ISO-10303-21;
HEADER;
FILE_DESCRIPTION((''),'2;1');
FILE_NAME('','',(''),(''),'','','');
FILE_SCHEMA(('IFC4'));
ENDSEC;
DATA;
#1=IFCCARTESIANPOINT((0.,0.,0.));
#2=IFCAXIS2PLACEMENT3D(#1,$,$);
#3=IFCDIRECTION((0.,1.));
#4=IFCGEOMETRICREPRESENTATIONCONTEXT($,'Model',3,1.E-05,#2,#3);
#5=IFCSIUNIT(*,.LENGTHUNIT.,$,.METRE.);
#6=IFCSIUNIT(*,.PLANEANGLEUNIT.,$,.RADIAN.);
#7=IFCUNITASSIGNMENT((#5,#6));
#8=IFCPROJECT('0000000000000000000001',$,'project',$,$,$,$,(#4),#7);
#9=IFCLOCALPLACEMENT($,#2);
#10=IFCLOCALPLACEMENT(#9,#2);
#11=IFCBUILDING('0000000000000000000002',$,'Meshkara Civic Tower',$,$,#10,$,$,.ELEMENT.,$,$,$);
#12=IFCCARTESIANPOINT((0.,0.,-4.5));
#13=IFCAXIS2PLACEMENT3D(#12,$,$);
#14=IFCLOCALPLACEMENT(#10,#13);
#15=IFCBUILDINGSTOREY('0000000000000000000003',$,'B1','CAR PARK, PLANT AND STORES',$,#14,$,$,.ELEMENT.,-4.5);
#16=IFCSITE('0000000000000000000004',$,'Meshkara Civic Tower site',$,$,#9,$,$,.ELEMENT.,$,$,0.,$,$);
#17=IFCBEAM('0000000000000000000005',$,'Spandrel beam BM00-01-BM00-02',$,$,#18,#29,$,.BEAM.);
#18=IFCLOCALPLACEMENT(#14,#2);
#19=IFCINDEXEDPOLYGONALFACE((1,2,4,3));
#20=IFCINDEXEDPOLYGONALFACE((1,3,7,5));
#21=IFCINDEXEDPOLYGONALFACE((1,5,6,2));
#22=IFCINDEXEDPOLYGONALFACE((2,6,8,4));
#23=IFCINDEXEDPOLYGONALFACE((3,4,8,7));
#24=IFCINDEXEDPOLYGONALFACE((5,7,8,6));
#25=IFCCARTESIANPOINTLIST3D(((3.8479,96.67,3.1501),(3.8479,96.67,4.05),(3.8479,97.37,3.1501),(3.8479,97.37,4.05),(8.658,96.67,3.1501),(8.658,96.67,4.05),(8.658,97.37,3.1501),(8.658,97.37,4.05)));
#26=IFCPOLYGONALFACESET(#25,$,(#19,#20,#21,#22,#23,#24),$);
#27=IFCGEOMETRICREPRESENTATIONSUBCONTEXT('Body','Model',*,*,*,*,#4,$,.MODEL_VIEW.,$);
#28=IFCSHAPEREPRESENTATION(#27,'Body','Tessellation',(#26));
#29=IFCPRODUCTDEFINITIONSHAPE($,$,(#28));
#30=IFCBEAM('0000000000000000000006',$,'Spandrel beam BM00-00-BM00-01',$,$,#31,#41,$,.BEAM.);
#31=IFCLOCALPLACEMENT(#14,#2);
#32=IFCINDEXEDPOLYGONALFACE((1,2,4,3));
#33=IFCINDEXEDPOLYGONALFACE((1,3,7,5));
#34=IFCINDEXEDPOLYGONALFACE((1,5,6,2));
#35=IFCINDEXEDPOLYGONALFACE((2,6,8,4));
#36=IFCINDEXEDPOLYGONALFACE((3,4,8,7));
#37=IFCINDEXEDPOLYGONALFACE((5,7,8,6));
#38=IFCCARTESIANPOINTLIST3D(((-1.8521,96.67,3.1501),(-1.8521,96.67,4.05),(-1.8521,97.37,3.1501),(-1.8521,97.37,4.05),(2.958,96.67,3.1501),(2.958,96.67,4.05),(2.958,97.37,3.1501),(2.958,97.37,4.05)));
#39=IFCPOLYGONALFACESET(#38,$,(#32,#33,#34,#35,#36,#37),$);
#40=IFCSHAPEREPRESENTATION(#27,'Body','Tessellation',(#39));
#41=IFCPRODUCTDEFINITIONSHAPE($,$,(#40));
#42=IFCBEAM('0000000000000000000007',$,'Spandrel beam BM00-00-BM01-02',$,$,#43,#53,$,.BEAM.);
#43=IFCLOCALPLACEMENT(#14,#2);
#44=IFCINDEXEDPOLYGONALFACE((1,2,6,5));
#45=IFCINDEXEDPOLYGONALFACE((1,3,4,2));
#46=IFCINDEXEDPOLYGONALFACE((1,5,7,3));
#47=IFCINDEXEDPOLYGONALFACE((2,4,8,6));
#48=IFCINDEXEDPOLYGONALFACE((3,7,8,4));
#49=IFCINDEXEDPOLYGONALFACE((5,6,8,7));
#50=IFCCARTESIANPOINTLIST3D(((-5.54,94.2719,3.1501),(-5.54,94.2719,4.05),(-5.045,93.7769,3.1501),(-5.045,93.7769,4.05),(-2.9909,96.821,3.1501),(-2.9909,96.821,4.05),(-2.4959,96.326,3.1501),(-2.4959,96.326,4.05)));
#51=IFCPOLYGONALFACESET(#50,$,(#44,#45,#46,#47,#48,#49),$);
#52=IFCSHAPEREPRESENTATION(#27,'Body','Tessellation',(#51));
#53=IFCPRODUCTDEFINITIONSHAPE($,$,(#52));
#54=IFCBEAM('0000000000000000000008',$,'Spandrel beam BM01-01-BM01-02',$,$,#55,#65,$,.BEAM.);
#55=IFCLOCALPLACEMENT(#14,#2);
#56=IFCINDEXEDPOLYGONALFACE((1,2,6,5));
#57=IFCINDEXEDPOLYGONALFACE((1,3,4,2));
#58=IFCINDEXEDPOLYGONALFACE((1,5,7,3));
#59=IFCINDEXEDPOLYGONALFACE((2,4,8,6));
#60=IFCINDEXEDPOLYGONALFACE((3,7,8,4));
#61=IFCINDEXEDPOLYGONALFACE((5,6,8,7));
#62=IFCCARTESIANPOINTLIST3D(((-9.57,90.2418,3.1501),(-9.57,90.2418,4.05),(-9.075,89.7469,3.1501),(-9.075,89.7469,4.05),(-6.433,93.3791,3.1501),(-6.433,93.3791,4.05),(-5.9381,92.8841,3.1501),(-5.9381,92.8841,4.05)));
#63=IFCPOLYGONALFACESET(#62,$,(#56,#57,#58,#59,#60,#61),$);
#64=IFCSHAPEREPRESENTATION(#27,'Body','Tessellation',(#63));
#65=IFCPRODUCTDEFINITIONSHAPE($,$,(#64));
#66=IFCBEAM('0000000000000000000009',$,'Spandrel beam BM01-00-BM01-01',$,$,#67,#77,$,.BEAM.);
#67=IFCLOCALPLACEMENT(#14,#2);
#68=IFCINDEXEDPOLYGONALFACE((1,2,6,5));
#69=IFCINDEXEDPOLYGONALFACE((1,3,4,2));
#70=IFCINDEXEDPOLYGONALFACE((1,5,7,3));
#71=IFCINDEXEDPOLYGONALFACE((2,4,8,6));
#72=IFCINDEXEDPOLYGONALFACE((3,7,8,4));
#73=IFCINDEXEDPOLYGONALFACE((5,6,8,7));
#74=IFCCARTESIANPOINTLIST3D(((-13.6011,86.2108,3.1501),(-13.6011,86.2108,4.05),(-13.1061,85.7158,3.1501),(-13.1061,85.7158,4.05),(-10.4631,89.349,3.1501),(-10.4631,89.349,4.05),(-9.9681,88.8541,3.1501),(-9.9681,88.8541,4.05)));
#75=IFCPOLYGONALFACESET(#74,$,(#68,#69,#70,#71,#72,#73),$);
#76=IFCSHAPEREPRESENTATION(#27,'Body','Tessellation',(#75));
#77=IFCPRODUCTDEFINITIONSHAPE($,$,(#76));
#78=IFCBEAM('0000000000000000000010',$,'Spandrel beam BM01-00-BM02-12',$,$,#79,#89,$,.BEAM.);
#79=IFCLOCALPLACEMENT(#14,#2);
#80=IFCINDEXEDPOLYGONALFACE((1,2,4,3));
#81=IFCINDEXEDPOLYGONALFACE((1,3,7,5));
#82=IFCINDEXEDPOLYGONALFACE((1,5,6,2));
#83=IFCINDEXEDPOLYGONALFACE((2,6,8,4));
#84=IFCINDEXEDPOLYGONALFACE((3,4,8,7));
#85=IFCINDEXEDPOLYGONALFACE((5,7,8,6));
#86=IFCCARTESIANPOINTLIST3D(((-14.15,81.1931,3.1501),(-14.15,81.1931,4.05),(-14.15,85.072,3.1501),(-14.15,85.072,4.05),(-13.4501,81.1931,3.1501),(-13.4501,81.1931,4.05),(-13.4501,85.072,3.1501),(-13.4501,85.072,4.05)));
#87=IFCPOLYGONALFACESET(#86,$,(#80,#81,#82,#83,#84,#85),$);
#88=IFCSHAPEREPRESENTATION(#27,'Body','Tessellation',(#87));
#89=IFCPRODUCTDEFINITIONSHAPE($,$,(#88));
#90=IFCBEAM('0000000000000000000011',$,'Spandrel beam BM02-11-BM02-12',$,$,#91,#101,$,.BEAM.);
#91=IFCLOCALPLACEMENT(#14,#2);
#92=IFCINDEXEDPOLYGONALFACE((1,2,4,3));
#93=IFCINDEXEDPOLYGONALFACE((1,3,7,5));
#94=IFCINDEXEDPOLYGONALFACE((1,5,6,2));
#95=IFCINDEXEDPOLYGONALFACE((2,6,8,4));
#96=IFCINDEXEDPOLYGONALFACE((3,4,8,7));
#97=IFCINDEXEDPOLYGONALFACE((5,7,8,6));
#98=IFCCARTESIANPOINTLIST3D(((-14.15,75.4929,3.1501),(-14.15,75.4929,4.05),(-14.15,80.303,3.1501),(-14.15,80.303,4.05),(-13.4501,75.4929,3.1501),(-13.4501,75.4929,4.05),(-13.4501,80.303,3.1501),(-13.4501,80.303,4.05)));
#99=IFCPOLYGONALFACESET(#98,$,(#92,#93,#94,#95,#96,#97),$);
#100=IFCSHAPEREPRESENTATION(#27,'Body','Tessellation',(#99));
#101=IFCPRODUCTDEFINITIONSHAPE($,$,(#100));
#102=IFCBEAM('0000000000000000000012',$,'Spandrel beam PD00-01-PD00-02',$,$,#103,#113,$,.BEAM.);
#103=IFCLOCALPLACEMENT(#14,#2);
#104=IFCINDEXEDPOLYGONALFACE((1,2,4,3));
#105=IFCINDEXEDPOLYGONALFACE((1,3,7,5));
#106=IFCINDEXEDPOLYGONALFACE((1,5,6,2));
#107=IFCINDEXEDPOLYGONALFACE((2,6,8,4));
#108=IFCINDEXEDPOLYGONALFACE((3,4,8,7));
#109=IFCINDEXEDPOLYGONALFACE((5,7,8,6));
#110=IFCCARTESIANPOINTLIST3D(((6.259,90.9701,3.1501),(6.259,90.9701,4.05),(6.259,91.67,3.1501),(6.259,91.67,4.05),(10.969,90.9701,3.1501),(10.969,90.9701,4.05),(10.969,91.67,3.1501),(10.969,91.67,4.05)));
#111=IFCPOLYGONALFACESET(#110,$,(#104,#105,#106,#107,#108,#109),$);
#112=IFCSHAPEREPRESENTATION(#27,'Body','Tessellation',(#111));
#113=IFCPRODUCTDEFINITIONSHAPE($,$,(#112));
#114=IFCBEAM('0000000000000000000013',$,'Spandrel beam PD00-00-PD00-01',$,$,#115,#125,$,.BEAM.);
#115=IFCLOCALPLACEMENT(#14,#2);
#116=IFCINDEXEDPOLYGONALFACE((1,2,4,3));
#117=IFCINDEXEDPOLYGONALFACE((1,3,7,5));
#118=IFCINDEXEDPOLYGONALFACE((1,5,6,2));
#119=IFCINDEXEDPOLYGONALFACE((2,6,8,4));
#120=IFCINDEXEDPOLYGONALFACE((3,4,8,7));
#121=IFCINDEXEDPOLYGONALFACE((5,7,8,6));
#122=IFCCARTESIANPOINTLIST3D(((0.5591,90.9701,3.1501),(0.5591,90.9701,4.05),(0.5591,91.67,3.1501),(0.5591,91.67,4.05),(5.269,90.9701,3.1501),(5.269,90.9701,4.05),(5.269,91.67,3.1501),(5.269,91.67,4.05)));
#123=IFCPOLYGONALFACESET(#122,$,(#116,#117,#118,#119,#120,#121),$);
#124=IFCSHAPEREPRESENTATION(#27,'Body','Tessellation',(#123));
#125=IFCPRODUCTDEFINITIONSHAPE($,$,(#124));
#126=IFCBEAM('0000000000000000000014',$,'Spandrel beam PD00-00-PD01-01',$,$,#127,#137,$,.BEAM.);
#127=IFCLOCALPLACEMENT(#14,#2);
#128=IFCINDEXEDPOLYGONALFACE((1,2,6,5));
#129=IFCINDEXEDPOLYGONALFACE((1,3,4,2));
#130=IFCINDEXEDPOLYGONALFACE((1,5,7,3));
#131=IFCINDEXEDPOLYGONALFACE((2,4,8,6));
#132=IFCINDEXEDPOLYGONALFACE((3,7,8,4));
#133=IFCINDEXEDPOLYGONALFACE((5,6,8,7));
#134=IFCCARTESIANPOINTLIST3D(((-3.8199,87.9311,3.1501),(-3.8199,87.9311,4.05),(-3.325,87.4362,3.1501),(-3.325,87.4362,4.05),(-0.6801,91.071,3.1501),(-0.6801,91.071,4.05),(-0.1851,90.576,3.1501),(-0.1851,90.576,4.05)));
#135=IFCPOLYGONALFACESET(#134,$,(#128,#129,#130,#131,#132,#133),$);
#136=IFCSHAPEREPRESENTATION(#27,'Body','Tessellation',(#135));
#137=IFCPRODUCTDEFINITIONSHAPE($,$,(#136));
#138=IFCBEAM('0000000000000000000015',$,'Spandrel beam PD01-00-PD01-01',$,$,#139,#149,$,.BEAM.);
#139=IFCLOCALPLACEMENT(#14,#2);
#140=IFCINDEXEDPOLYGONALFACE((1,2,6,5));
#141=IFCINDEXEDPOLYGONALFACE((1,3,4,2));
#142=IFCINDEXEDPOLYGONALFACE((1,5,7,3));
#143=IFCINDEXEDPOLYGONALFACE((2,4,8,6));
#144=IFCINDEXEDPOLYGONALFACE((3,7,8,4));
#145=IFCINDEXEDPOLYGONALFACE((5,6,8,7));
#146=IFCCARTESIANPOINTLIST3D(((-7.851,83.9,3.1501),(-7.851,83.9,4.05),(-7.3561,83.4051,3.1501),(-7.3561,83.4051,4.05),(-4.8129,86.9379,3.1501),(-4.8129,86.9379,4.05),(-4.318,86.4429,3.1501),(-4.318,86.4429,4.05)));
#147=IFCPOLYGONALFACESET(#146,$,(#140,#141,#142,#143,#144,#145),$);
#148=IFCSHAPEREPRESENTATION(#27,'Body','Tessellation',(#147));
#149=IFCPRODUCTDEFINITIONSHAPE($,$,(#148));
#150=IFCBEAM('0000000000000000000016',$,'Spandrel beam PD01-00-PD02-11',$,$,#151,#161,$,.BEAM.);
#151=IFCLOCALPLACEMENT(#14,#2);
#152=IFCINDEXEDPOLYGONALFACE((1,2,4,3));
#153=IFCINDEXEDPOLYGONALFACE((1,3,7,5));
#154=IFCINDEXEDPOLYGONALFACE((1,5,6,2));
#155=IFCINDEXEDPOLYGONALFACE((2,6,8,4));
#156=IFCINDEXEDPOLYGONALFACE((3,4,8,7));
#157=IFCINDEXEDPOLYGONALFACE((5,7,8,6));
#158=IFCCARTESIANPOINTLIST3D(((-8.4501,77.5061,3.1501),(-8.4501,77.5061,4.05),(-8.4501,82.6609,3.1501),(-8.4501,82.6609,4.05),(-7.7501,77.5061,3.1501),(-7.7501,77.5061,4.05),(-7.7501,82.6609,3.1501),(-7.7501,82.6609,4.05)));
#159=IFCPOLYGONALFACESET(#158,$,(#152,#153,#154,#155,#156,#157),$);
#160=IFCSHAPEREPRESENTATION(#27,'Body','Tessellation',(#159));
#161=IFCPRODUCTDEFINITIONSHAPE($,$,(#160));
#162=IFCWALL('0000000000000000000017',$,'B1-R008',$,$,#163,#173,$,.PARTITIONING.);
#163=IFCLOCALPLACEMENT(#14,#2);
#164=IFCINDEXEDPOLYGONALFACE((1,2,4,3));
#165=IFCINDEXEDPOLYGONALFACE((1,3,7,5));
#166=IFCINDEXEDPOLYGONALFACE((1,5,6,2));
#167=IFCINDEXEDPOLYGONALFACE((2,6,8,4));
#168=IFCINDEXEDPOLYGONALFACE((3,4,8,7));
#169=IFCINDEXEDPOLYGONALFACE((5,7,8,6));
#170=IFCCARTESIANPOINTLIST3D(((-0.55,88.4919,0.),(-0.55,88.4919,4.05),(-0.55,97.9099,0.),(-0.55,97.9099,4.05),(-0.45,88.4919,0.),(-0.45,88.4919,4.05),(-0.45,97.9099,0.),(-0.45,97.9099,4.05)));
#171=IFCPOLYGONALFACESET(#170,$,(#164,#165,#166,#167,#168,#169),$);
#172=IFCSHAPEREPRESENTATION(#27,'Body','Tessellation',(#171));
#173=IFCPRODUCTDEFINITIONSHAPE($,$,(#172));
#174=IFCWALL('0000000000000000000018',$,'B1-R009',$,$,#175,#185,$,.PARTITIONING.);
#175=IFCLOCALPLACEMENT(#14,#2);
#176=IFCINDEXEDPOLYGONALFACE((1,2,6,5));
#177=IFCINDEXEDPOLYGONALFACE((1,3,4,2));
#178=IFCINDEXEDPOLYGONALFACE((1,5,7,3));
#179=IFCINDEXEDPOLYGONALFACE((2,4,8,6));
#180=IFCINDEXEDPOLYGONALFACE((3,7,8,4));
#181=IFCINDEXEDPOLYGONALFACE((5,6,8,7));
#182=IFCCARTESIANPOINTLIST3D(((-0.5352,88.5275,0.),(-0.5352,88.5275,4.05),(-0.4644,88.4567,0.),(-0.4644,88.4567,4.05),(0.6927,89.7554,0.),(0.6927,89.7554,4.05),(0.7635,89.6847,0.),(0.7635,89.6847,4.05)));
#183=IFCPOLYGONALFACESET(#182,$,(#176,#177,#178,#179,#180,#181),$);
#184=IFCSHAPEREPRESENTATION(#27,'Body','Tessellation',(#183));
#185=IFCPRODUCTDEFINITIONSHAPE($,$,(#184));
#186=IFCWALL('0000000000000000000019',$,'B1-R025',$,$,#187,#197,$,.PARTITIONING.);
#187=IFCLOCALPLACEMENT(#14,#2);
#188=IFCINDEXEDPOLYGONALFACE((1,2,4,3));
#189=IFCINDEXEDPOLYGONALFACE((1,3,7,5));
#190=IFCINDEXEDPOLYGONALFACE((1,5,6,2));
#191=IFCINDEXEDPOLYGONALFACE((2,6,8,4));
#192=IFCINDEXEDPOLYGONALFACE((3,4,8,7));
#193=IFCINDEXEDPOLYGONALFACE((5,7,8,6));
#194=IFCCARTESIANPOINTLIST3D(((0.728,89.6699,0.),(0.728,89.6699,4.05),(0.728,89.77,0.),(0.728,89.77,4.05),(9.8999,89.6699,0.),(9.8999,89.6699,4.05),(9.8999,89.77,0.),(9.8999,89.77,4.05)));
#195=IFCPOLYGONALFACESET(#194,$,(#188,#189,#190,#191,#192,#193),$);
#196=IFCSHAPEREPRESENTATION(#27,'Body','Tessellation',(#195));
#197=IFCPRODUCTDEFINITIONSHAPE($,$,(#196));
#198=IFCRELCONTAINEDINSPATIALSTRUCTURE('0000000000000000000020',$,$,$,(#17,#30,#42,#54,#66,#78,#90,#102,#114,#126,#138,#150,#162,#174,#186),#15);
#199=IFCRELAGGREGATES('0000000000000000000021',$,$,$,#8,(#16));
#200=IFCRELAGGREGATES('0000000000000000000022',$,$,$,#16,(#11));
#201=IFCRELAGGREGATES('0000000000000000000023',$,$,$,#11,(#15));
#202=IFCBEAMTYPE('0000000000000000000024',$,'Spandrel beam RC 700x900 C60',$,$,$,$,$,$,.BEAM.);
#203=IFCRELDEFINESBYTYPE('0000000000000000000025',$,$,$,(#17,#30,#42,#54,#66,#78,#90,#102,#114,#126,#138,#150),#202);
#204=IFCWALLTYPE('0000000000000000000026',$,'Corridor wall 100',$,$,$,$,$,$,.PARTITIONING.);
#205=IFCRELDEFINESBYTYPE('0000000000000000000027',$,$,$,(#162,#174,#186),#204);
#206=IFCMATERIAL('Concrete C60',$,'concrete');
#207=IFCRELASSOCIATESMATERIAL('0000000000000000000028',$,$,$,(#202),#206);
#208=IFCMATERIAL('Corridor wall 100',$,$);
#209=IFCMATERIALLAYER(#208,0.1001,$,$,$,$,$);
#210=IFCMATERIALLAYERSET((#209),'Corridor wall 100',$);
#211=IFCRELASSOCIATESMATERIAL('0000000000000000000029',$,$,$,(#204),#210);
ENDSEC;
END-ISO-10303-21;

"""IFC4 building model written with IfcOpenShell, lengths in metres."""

from ifc_helpers import new_model, si_unit, direction, frame, frame_2d, origin, origin_2d, place, context, subcontext, project, spatial, rectangle, extrude, material, layer, layer_set, material_profile, profile_set, type_object, element, save


model = new_model("IFC4")

# Units and contexts
model_context = context("Model", 3, precision=1e-05, world=origin(), true_north=direction((0.0, 1.0)))
body_context = subcontext(model_context, "Body", "Model", "MODEL_VIEW")
ifc_project = project(units=[si_unit("LENGTHUNIT", "METRE"), si_unit("PLANEANGLEUNIT", "RADIAN")], contexts=[model_context])

# Site, building, storey
site_placement = place(None, origin())
site = spatial("IfcSite", under=ifc_project, at=site_placement, Name="Meshkara Civic Tower site", CompositionType="ELEMENT", RefElevation=0.0)
building_placement = place(site_placement, origin())
building = spatial("IfcBuilding", under=site, at=building_placement, Name="Meshkara Civic Tower", CompositionType="ELEMENT")
storey_placement = place(building_placement, frame((0.0, 0.0, -4.5)))
storey = spatial("IfcBuildingStorey", under=building, at=storey_placement, Name="B1", Description="CAR PARK, PLANT AND STORES", CompositionType="ELEMENT", Elevation=-4.5)

# Beams
ifc_material_1 = material(Name="Concrete C60", Category="concrete")
ifc_material_profile_1 = material_profile(ifc_material_1, rectangle(XDim=0.7, YDim=0.8999, at=origin_2d()))
ifc_profile_set_1 = profile_set([ifc_material_profile_1], Name="Concrete C60")
beam_type = type_object("IfcBeamType", Name="Spandrel beam RC 700x900 C60", PredefinedType="BEAM", material=ifc_profile_set_1)
for number, where, z_axis, x_axis, name in (
    (1, (8.658, 97.02, 3.6001), (-1.0, 0.0, 0.0), (0.0, -1.0, 0.0), "Spandrel beam BM00-01-BM00-02"),
    (2, (2.958, 97.02, 3.6001), (-1.0, 0.0, 0.0), (0.0, -1.0, 0.0), "Spandrel beam BM00-00-BM00-01"),
):
    element("IfcBeam", number, at=place(storey_placement, frame(where, z_axis=z_axis, x_axis=x_axis)), inside=storey, type_object=beam_type, Name=name, PredefinedType="BEAM", context=body_context, shape_type="SweptSolid", body=[
        extrude(rectangle(XDim=0.7, YDim=0.8999, at=origin_2d()), origin(), (0.0, 0.0, 1.0), 4.8101),
    ])
beam_1_placement = place(storey_placement, frame((-2.7434, 96.5735, 3.6001), z_axis=(-0.707107, -0.707107, 0.0), x_axis=(0.707107, -0.707107, 0.0)))
element("IfcBeam", 3, at=beam_1_placement, inside=storey, type_object=beam_type, Name="Spandrel beam BM00-00-BM01-02", PredefinedType="BEAM", context=body_context, shape_type="SweptSolid", body=[
    extrude(rectangle(XDim=0.7, YDim=0.8999, at=origin_2d()), origin(), (0.0, 0.0, 1.0), 3.605),
])
beam_2_placement = place(storey_placement, frame((-6.1855, 93.1316, 3.6001), z_axis=(-0.707079, -0.707134, 0.0), x_axis=(0.707134, -0.707079, 0.0)))
element("IfcBeam", 4, at=beam_2_placement, inside=storey, type_object=beam_type, Name="Spandrel beam BM01-01-BM01-02", PredefinedType="BEAM", context=body_context, shape_type="SweptSolid", body=[
    extrude(rectangle(XDim=0.7, YDim=0.8999, at=origin_2d()), origin(), (0.0, 0.0, 1.0), 4.4365),
])
beam_3_placement = place(storey_placement, frame((-10.2156, 89.1016, 3.6001), z_axis=(-0.707079, -0.707134, 0.0), x_axis=(0.707134, -0.707079, 0.0)))
element("IfcBeam", 5, at=beam_3_placement, inside=storey, type_object=beam_type, Name="Spandrel beam BM01-00-BM01-01", PredefinedType="BEAM", context=body_context, shape_type="SweptSolid", body=[
    extrude(rectangle(XDim=0.7, YDim=0.8999, at=origin_2d()), origin(), (0.0, 0.0, 1.0), 4.438),
])
beam_4_placement = place(storey_placement, frame((-13.8, 85.072, 3.6001), z_axis=(0.0, -1.0, 0.0), x_axis=(1.0, 0.0, 0.0)))
element("IfcBeam", 6, at=beam_4_placement, inside=storey, type_object=beam_type, Name="Spandrel beam BM01-00-BM02-12", PredefinedType="BEAM", context=body_context, shape_type="SweptSolid", body=[
    extrude(rectangle(XDim=0.7, YDim=0.8999, at=origin_2d()), origin(), (0.0, 0.0, 1.0), 3.8789),
])
beam_5_placement = place(storey_placement, frame((-13.8, 80.303, 3.6001), z_axis=(0.0, -1.0, 0.0), x_axis=(1.0, 0.0, 0.0)))
element("IfcBeam", 7, at=beam_5_placement, inside=storey, type_object=beam_type, Name="Spandrel beam BM02-11-BM02-12", PredefinedType="BEAM", context=body_context, shape_type="SweptSolid", body=[
    extrude(rectangle(XDim=0.7, YDim=0.8999, at=origin_2d()), origin(), (0.0, 0.0, 1.0), 4.8101),
])
for number, where, z_axis, x_axis, name in (
    (8, (10.969, 91.3201, 3.6001), (-1.0, 0.0, 0.0), (0.0, -1.0, 0.0), "Spandrel beam PD00-01-PD00-02"),
    (9, (5.269, 91.3201, 3.6001), (-1.0, 0.0, 0.0), (0.0, -1.0, 0.0), "Spandrel beam PD00-00-PD00-01"),
):
    element("IfcBeam", number, at=place(storey_placement, frame(where, z_axis=z_axis, x_axis=x_axis)), inside=storey, type_object=beam_type, Name=name, PredefinedType="BEAM", context=body_context, shape_type="SweptSolid", body=[
        extrude(rectangle(XDim=0.7, YDim=0.8999, at=origin_2d()), origin(), (0.0, 0.0, 1.0), 4.71),
    ])
beam_6_placement = place(storey_placement, frame((-0.4326, 90.8235, 3.6001), z_axis=(-0.707107, -0.707107, 0.0), x_axis=(0.707107, -0.707107, 0.0)))
element("IfcBeam", 10, at=beam_6_placement, inside=storey, type_object=beam_type, Name="Spandrel beam PD00-00-PD01-01", PredefinedType="BEAM", context=body_context, shape_type="SweptSolid", body=[
    extrude(rectangle(XDim=0.7, YDim=0.8999, at=origin_2d()), origin(), (0.0, 0.0, 1.0), 4.4404),
])
beam_7_placement = place(storey_placement, frame((-4.5654, 86.6904, 3.6001), z_axis=(-0.707135, -0.707078, 0.0), x_axis=(0.707078, -0.707135, 0.0)))
element("IfcBeam", 11, at=beam_7_placement, inside=storey, type_object=beam_type, Name="Spandrel beam PD01-00-PD01-01", PredefinedType="BEAM", context=body_context, shape_type="SweptSolid", body=[
    extrude(rectangle(XDim=0.7, YDim=0.8999, at=origin_2d()), origin(), (0.0, 0.0, 1.0), 4.2964),
])
beam_8_placement = place(storey_placement, frame((-8.1001, 82.6609, 3.6001), z_axis=(0.0, -1.0, 0.0), x_axis=(1.0, 0.0, 0.0)))
element("IfcBeam", 12, at=beam_8_placement, inside=storey, type_object=beam_type, Name="Spandrel beam PD01-00-PD02-11", PredefinedType="BEAM", context=body_context, shape_type="SweptSolid", body=[
    extrude(rectangle(XDim=0.7, YDim=0.8999, at=origin_2d()), origin(), (0.0, 0.0, 1.0), 5.1548),
])

# Walls
ifc_material_2 = material(Name="Corridor wall 100")
ifc_layer_1 = layer(ifc_material_2, 0.1001)
ifc_layer_set_1 = layer_set([ifc_layer_1], Name="Corridor wall 100")
wall_type_1 = type_object("IfcWallType", Name="Corridor wall 100", PredefinedType="PARTITIONING", material=ifc_layer_set_1)
wall_1_placement = place(storey_placement, frame((-0.5, 88.4919, 0.0), z_axis=(0.0, 0.0, 1.0), x_axis=(0.0, 1.0, 0.0)))
element("IfcWall", 13, at=wall_1_placement, inside=storey, type_object=wall_type_1, Name="B1-R008", PredefinedType="PARTITIONING", context=body_context, shape_type="SweptSolid", body=[
    extrude(rectangle(XDim=9.418, YDim=0.1001, at=frame_2d((4.709, 0.0))), origin(), (0.0, 0.0, 1.0), 4.05),
])
wall_2_placement = place(storey_placement, frame((0.728, 89.72, 0.0), z_axis=(0.0, 0.0, 1.0), x_axis=(-0.707107, -0.707107, 0.0)))
element("IfcWall", 14, at=wall_2_placement, inside=storey, type_object=wall_type_1, Name="B1-R009", PredefinedType="PARTITIONING", context=body_context, shape_type="SweptSolid", body=[
    extrude(rectangle(XDim=1.7366, YDim=0.1001, at=frame_2d((0.8682, 0.0))), origin(), (0.0, 0.0, 1.0), 4.05),
])
wall_3_placement = place(storey_placement, frame((9.8999, 89.72, 0.0), z_axis=(0.0, 0.0, 1.0), x_axis=(-1.0, 0.0, 0.0)))
element("IfcWall", 15, at=wall_3_placement, inside=storey, type_object=wall_type_1, Name="B1-R025", PredefinedType="PARTITIONING", context=body_context, shape_type="SweptSolid", body=[
    extrude(rectangle(XDim=9.1719, YDim=0.1001, at=frame_2d((4.5859, 0.0))), origin(), (0.0, 0.0, 1.0), 4.05),
])

save(model, "model.ifc")
